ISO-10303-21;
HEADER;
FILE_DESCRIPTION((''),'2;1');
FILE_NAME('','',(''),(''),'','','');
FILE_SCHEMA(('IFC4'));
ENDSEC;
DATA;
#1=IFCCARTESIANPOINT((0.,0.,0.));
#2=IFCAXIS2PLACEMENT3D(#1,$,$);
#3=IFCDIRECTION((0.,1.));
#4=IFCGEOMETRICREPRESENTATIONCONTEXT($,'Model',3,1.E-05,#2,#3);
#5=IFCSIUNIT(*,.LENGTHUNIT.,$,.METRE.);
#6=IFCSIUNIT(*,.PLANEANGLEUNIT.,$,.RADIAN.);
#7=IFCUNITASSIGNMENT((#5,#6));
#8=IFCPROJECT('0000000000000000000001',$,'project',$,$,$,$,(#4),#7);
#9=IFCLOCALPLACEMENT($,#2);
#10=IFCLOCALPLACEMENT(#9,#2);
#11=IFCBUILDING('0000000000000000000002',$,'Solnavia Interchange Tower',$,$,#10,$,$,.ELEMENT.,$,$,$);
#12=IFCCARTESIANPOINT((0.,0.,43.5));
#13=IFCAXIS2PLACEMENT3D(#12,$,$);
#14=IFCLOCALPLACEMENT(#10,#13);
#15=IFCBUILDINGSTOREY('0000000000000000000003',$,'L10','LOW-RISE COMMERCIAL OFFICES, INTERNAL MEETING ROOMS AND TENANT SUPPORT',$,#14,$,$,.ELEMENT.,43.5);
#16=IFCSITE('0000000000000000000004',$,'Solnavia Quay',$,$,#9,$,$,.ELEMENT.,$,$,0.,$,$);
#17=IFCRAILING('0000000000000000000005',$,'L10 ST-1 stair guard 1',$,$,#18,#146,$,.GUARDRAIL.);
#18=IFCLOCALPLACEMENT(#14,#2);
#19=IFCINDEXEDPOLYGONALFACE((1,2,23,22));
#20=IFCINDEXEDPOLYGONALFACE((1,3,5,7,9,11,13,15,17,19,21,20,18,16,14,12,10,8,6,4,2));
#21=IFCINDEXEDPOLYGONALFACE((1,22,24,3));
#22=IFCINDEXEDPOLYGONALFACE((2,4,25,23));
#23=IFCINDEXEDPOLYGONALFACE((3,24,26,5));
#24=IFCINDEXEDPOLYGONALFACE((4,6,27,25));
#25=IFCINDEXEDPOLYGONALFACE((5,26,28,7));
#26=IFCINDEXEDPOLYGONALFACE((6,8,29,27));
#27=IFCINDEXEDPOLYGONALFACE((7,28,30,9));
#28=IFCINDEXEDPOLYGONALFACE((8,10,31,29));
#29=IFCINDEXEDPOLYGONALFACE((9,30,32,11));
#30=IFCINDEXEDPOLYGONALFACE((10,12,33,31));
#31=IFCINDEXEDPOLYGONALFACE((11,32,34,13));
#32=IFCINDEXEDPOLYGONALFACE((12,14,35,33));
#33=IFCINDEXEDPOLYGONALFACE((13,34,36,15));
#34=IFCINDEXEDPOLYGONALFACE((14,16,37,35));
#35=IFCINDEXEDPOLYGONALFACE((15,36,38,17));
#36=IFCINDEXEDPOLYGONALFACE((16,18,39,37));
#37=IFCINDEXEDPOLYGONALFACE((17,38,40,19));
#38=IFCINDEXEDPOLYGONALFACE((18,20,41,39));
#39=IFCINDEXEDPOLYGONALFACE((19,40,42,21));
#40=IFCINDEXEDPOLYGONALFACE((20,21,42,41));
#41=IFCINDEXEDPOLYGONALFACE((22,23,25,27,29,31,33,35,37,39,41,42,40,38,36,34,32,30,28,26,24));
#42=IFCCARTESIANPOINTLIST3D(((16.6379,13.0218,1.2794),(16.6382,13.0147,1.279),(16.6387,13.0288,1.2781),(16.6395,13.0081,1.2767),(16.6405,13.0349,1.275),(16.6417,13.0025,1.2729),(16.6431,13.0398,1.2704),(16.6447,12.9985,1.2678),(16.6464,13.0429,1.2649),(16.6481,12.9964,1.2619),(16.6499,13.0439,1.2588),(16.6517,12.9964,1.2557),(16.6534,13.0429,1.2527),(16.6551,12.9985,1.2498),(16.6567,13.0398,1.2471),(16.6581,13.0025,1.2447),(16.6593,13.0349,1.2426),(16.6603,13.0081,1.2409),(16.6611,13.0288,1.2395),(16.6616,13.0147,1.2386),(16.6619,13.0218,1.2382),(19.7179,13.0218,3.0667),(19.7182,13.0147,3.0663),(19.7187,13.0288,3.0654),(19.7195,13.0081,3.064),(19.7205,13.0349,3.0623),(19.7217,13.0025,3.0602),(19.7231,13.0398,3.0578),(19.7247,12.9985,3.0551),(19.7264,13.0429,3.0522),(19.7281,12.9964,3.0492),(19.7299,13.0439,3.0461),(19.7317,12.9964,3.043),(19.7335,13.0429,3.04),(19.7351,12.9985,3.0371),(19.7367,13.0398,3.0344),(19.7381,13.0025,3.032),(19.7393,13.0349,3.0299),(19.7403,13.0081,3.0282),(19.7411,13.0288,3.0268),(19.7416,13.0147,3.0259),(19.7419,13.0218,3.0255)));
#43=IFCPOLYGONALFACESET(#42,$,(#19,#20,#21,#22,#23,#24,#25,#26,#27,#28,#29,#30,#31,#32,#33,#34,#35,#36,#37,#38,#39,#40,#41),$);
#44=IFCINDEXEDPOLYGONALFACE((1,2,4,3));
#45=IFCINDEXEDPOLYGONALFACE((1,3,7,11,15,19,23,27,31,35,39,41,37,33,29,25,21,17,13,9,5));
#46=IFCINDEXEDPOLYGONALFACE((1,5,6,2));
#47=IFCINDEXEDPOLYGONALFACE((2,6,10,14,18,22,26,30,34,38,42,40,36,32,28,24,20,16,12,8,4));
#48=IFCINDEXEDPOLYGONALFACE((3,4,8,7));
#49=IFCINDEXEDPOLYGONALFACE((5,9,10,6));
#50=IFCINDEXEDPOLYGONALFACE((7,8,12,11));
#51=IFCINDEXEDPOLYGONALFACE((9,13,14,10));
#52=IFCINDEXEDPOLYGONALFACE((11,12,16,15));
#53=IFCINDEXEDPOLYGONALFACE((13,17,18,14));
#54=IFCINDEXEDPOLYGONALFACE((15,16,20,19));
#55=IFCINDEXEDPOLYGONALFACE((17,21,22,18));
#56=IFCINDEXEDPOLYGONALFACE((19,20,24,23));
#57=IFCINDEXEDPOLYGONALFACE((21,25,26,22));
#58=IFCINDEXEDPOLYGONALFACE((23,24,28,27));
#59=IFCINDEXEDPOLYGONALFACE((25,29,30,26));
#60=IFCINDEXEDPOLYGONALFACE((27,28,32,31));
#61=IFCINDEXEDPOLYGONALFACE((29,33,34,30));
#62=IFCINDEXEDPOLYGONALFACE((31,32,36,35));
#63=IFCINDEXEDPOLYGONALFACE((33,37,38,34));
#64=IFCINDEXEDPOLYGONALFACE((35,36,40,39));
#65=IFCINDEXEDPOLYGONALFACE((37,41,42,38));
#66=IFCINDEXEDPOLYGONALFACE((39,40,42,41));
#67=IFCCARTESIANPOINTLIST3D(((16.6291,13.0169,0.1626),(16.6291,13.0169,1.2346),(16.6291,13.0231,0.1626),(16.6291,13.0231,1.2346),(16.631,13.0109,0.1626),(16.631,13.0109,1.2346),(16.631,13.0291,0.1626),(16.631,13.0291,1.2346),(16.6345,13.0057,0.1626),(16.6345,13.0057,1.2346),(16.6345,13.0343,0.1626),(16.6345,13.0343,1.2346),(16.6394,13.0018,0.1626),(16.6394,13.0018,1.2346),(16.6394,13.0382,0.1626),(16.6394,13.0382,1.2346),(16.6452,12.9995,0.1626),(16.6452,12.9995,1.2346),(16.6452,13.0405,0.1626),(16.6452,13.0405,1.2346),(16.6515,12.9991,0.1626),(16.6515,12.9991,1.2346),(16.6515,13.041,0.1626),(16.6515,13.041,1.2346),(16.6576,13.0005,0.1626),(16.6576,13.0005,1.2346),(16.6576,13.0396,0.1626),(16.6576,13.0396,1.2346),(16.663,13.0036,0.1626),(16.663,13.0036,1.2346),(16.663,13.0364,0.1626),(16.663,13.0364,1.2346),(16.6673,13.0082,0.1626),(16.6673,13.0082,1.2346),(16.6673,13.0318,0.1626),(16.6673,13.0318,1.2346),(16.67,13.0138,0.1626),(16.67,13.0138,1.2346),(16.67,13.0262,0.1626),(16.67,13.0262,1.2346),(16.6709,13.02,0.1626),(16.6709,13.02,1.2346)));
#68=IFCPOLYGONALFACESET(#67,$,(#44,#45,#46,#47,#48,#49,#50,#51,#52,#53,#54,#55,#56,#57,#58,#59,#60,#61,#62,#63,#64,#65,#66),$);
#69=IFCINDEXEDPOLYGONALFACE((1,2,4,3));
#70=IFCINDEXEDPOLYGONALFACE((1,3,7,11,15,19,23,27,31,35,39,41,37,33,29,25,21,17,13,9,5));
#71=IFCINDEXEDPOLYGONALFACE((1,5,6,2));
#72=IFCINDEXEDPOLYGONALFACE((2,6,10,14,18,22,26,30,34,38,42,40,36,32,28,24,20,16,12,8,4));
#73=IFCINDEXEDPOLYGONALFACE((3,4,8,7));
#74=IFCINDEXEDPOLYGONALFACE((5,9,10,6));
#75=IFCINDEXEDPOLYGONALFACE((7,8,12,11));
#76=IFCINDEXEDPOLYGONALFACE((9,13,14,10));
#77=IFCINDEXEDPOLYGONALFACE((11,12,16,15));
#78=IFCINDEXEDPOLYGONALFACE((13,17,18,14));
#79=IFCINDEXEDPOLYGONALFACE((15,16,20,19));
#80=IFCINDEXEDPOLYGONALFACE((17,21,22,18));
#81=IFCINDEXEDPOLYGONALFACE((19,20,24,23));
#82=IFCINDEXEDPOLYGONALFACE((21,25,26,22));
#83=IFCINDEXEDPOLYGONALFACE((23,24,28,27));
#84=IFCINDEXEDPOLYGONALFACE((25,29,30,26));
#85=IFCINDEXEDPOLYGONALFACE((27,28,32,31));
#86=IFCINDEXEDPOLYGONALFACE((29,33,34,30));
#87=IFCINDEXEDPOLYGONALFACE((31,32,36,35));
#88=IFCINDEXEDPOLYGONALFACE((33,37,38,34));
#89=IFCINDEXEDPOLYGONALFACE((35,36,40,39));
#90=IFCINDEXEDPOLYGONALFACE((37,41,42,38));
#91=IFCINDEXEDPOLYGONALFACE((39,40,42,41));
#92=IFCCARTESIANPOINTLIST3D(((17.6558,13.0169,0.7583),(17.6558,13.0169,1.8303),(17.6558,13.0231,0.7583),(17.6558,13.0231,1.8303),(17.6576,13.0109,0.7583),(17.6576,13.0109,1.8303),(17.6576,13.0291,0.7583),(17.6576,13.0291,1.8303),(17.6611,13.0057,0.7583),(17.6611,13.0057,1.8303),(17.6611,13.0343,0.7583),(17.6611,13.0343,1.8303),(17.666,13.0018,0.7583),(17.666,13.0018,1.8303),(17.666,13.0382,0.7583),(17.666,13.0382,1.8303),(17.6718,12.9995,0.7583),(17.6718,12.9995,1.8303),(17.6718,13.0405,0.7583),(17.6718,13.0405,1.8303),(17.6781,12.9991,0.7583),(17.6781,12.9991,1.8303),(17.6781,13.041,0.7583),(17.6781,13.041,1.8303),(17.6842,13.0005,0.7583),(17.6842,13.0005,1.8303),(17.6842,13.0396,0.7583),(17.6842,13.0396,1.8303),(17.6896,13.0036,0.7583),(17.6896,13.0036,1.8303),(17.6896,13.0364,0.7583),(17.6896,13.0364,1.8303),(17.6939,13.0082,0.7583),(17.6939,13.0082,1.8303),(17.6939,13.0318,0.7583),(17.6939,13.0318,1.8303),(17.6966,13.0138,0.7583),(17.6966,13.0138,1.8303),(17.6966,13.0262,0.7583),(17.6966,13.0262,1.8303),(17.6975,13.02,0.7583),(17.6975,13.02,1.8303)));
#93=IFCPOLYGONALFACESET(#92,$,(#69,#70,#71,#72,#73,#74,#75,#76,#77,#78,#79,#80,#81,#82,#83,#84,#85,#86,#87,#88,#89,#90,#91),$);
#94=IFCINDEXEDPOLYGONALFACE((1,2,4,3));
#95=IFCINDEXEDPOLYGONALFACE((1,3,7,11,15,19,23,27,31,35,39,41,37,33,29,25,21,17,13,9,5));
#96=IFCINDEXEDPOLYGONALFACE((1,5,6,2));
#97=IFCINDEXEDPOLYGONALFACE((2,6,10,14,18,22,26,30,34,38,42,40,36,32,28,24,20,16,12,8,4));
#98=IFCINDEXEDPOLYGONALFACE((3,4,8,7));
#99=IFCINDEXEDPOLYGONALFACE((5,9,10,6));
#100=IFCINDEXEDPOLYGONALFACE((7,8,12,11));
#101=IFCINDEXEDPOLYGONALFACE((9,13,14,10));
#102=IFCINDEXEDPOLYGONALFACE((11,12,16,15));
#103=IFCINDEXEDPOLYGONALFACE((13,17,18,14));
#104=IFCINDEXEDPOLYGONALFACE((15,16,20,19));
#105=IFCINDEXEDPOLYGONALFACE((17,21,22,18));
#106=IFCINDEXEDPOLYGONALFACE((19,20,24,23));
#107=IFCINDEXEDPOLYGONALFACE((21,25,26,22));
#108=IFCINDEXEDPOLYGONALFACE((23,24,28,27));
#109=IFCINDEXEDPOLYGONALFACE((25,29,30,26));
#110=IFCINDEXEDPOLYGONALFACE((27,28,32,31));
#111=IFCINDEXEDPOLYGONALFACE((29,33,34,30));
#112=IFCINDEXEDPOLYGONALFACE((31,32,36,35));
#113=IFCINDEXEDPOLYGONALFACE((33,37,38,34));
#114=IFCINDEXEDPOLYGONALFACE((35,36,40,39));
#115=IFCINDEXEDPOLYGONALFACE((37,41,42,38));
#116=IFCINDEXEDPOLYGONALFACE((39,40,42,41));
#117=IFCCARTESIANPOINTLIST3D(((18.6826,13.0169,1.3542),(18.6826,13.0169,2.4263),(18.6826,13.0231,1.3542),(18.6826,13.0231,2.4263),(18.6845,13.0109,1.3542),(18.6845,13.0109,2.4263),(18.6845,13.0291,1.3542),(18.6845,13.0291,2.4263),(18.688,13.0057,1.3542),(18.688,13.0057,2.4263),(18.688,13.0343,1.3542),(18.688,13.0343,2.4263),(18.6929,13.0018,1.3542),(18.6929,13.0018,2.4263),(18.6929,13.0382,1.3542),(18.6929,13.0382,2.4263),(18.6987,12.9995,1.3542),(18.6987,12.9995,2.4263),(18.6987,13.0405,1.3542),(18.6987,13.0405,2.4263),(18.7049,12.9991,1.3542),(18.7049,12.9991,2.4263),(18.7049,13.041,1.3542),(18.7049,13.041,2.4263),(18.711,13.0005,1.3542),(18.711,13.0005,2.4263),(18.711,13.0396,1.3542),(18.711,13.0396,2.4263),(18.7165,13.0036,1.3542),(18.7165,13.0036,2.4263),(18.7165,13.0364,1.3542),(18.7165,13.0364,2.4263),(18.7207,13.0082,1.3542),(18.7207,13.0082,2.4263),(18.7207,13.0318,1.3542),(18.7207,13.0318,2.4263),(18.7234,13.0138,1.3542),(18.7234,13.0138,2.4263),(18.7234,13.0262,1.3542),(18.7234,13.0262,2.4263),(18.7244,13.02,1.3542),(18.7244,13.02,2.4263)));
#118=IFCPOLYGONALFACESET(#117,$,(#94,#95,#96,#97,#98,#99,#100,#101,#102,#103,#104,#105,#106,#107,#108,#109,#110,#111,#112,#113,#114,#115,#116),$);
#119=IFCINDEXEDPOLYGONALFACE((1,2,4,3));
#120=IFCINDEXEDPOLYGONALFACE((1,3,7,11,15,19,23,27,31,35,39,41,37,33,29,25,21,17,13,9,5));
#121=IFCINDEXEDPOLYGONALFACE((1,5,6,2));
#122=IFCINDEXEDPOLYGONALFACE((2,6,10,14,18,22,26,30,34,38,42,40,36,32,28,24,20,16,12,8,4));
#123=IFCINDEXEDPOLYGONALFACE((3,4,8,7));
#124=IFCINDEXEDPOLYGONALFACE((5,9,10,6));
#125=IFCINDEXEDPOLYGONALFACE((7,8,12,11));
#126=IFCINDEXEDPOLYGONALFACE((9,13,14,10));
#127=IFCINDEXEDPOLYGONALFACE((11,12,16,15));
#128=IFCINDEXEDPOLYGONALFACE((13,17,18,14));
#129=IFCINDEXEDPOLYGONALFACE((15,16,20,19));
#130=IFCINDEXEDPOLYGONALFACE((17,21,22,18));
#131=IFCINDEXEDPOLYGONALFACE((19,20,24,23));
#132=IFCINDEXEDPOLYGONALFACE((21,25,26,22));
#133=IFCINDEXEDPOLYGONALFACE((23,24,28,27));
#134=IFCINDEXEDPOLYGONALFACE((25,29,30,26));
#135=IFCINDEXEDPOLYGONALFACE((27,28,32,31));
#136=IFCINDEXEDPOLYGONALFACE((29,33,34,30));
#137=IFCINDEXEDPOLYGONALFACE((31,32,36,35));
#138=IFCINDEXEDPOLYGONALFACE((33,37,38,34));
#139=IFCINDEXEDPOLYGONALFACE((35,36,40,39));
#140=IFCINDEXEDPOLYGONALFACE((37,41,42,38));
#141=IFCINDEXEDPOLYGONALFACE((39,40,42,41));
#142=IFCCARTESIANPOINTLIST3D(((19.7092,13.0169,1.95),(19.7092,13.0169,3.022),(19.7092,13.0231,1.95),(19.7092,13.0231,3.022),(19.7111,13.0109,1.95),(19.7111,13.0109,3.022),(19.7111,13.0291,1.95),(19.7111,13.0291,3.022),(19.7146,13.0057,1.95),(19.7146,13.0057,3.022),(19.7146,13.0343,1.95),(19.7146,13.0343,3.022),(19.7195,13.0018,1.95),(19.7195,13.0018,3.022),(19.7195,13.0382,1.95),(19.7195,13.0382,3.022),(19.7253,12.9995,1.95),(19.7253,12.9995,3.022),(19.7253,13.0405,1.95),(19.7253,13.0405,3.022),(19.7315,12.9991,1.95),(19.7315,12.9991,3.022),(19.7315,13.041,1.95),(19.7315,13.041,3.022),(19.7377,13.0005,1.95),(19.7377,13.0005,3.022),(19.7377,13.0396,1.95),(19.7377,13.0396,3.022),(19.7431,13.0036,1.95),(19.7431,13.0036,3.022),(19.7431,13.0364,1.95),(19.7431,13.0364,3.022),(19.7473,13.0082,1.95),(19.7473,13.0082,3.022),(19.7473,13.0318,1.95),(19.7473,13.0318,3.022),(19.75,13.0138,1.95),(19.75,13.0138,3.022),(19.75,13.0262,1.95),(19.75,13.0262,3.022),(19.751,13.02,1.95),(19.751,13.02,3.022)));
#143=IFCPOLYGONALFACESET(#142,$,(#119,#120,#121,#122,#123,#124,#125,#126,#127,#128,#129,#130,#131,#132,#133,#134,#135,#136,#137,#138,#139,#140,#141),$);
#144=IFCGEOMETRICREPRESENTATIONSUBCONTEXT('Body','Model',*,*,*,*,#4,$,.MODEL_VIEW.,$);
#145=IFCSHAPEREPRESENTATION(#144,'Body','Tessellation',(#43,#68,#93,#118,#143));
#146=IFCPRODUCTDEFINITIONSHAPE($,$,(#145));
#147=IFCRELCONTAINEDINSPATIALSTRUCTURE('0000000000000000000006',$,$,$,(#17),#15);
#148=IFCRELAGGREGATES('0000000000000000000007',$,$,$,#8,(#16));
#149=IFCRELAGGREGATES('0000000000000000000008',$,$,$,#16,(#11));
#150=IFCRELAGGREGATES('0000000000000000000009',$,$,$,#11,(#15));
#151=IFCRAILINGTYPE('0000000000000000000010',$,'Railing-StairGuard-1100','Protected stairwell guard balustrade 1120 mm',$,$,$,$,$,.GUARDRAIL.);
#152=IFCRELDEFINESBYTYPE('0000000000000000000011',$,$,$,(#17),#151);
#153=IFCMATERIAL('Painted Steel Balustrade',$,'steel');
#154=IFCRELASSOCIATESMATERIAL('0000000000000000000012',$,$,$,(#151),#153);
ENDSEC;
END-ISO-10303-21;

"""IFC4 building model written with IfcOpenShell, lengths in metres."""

from ifc_helpers import new_model, si_unit, direction, frame, origin, origin_2d, place, context, subcontext, project, spatial, circle, extrude, material, type_object, element, save


model = new_model("IFC4")

# Units and contexts
model_context = context("Model", 3, precision=1e-05, world=origin(), true_north=direction((0.0, 1.0)))
body_context = subcontext(model_context, "Body", "Model", "MODEL_VIEW")
ifc_project = project(units=[si_unit("LENGTHUNIT", "METRE"), si_unit("PLANEANGLEUNIT", "RADIAN")], contexts=[model_context])

# Site, building, storey
site_placement = place(None, origin())
site = spatial("IfcSite", under=ifc_project, at=site_placement, Name="Solnavia Quay", CompositionType="ELEMENT", RefElevation=0.0)
building_placement = place(site_placement, origin())
building = spatial("IfcBuilding", under=site, at=building_placement, Name="Solnavia Interchange Tower", CompositionType="ELEMENT")
storey_placement = place(building_placement, frame((0.0, 0.0, 43.5)))
storey = spatial("IfcBuildingStorey", under=building, at=storey_placement, Name="L10", Description="LOW-RISE COMMERCIAL OFFICES, INTERNAL MEETING ROOMS AND TENANT SUPPORT", CompositionType="ELEMENT", Elevation=43.5)

# Railing
ifc_material_1 = material(Name="Painted Steel Balustrade", Category="steel")
railing_type_1 = type_object("IfcRailingType", Name="Railing-StairGuard-1100", Description="Protected stairwell guard balustrade 1120 mm", PredefinedType="GUARDRAIL", material=ifc_material_1)
railing_1_placement = place(storey_placement, frame((16.6499, 13.02, 0.1626)))
element("IfcRailing", 1, at=railing_1_placement, inside=storey, type_object=railing_type_1, Name="L10 ST-1 stair guard 1", PredefinedType="GUARDRAIL", context=body_context, shape_type="SweptSolid", body=[
    extrude(circle(Radius=0.0239, at=origin_2d()), frame((0.0, 0.0, 1.0962), z_axis=(0.86492, 0.0, 0.501909), x_axis=(0.0, 1.0, 0.0)), (0.0, 0.0, 1.0), 3.561),
    extrude(circle(Radius=0.021, at=origin_2d()), origin(), (0.0, 0.0, 1.0), 1.072),
    extrude(circle(Radius=0.021, at=origin_2d()), frame((1.0266, 0.0, 0.5957)), (0.0, 0.0, 1.0), 1.072),
    extrude(circle(Radius=0.021, at=origin_2d()), frame((2.0535, 0.0, 1.1917)), (0.0, 0.0, 1.0), 1.072),
    extrude(circle(Radius=0.021, at=origin_2d()), frame((3.0801, 0.0, 1.7874)), (0.0, 0.0, 1.0), 1.072),
])

save(model, "model.ifc")
